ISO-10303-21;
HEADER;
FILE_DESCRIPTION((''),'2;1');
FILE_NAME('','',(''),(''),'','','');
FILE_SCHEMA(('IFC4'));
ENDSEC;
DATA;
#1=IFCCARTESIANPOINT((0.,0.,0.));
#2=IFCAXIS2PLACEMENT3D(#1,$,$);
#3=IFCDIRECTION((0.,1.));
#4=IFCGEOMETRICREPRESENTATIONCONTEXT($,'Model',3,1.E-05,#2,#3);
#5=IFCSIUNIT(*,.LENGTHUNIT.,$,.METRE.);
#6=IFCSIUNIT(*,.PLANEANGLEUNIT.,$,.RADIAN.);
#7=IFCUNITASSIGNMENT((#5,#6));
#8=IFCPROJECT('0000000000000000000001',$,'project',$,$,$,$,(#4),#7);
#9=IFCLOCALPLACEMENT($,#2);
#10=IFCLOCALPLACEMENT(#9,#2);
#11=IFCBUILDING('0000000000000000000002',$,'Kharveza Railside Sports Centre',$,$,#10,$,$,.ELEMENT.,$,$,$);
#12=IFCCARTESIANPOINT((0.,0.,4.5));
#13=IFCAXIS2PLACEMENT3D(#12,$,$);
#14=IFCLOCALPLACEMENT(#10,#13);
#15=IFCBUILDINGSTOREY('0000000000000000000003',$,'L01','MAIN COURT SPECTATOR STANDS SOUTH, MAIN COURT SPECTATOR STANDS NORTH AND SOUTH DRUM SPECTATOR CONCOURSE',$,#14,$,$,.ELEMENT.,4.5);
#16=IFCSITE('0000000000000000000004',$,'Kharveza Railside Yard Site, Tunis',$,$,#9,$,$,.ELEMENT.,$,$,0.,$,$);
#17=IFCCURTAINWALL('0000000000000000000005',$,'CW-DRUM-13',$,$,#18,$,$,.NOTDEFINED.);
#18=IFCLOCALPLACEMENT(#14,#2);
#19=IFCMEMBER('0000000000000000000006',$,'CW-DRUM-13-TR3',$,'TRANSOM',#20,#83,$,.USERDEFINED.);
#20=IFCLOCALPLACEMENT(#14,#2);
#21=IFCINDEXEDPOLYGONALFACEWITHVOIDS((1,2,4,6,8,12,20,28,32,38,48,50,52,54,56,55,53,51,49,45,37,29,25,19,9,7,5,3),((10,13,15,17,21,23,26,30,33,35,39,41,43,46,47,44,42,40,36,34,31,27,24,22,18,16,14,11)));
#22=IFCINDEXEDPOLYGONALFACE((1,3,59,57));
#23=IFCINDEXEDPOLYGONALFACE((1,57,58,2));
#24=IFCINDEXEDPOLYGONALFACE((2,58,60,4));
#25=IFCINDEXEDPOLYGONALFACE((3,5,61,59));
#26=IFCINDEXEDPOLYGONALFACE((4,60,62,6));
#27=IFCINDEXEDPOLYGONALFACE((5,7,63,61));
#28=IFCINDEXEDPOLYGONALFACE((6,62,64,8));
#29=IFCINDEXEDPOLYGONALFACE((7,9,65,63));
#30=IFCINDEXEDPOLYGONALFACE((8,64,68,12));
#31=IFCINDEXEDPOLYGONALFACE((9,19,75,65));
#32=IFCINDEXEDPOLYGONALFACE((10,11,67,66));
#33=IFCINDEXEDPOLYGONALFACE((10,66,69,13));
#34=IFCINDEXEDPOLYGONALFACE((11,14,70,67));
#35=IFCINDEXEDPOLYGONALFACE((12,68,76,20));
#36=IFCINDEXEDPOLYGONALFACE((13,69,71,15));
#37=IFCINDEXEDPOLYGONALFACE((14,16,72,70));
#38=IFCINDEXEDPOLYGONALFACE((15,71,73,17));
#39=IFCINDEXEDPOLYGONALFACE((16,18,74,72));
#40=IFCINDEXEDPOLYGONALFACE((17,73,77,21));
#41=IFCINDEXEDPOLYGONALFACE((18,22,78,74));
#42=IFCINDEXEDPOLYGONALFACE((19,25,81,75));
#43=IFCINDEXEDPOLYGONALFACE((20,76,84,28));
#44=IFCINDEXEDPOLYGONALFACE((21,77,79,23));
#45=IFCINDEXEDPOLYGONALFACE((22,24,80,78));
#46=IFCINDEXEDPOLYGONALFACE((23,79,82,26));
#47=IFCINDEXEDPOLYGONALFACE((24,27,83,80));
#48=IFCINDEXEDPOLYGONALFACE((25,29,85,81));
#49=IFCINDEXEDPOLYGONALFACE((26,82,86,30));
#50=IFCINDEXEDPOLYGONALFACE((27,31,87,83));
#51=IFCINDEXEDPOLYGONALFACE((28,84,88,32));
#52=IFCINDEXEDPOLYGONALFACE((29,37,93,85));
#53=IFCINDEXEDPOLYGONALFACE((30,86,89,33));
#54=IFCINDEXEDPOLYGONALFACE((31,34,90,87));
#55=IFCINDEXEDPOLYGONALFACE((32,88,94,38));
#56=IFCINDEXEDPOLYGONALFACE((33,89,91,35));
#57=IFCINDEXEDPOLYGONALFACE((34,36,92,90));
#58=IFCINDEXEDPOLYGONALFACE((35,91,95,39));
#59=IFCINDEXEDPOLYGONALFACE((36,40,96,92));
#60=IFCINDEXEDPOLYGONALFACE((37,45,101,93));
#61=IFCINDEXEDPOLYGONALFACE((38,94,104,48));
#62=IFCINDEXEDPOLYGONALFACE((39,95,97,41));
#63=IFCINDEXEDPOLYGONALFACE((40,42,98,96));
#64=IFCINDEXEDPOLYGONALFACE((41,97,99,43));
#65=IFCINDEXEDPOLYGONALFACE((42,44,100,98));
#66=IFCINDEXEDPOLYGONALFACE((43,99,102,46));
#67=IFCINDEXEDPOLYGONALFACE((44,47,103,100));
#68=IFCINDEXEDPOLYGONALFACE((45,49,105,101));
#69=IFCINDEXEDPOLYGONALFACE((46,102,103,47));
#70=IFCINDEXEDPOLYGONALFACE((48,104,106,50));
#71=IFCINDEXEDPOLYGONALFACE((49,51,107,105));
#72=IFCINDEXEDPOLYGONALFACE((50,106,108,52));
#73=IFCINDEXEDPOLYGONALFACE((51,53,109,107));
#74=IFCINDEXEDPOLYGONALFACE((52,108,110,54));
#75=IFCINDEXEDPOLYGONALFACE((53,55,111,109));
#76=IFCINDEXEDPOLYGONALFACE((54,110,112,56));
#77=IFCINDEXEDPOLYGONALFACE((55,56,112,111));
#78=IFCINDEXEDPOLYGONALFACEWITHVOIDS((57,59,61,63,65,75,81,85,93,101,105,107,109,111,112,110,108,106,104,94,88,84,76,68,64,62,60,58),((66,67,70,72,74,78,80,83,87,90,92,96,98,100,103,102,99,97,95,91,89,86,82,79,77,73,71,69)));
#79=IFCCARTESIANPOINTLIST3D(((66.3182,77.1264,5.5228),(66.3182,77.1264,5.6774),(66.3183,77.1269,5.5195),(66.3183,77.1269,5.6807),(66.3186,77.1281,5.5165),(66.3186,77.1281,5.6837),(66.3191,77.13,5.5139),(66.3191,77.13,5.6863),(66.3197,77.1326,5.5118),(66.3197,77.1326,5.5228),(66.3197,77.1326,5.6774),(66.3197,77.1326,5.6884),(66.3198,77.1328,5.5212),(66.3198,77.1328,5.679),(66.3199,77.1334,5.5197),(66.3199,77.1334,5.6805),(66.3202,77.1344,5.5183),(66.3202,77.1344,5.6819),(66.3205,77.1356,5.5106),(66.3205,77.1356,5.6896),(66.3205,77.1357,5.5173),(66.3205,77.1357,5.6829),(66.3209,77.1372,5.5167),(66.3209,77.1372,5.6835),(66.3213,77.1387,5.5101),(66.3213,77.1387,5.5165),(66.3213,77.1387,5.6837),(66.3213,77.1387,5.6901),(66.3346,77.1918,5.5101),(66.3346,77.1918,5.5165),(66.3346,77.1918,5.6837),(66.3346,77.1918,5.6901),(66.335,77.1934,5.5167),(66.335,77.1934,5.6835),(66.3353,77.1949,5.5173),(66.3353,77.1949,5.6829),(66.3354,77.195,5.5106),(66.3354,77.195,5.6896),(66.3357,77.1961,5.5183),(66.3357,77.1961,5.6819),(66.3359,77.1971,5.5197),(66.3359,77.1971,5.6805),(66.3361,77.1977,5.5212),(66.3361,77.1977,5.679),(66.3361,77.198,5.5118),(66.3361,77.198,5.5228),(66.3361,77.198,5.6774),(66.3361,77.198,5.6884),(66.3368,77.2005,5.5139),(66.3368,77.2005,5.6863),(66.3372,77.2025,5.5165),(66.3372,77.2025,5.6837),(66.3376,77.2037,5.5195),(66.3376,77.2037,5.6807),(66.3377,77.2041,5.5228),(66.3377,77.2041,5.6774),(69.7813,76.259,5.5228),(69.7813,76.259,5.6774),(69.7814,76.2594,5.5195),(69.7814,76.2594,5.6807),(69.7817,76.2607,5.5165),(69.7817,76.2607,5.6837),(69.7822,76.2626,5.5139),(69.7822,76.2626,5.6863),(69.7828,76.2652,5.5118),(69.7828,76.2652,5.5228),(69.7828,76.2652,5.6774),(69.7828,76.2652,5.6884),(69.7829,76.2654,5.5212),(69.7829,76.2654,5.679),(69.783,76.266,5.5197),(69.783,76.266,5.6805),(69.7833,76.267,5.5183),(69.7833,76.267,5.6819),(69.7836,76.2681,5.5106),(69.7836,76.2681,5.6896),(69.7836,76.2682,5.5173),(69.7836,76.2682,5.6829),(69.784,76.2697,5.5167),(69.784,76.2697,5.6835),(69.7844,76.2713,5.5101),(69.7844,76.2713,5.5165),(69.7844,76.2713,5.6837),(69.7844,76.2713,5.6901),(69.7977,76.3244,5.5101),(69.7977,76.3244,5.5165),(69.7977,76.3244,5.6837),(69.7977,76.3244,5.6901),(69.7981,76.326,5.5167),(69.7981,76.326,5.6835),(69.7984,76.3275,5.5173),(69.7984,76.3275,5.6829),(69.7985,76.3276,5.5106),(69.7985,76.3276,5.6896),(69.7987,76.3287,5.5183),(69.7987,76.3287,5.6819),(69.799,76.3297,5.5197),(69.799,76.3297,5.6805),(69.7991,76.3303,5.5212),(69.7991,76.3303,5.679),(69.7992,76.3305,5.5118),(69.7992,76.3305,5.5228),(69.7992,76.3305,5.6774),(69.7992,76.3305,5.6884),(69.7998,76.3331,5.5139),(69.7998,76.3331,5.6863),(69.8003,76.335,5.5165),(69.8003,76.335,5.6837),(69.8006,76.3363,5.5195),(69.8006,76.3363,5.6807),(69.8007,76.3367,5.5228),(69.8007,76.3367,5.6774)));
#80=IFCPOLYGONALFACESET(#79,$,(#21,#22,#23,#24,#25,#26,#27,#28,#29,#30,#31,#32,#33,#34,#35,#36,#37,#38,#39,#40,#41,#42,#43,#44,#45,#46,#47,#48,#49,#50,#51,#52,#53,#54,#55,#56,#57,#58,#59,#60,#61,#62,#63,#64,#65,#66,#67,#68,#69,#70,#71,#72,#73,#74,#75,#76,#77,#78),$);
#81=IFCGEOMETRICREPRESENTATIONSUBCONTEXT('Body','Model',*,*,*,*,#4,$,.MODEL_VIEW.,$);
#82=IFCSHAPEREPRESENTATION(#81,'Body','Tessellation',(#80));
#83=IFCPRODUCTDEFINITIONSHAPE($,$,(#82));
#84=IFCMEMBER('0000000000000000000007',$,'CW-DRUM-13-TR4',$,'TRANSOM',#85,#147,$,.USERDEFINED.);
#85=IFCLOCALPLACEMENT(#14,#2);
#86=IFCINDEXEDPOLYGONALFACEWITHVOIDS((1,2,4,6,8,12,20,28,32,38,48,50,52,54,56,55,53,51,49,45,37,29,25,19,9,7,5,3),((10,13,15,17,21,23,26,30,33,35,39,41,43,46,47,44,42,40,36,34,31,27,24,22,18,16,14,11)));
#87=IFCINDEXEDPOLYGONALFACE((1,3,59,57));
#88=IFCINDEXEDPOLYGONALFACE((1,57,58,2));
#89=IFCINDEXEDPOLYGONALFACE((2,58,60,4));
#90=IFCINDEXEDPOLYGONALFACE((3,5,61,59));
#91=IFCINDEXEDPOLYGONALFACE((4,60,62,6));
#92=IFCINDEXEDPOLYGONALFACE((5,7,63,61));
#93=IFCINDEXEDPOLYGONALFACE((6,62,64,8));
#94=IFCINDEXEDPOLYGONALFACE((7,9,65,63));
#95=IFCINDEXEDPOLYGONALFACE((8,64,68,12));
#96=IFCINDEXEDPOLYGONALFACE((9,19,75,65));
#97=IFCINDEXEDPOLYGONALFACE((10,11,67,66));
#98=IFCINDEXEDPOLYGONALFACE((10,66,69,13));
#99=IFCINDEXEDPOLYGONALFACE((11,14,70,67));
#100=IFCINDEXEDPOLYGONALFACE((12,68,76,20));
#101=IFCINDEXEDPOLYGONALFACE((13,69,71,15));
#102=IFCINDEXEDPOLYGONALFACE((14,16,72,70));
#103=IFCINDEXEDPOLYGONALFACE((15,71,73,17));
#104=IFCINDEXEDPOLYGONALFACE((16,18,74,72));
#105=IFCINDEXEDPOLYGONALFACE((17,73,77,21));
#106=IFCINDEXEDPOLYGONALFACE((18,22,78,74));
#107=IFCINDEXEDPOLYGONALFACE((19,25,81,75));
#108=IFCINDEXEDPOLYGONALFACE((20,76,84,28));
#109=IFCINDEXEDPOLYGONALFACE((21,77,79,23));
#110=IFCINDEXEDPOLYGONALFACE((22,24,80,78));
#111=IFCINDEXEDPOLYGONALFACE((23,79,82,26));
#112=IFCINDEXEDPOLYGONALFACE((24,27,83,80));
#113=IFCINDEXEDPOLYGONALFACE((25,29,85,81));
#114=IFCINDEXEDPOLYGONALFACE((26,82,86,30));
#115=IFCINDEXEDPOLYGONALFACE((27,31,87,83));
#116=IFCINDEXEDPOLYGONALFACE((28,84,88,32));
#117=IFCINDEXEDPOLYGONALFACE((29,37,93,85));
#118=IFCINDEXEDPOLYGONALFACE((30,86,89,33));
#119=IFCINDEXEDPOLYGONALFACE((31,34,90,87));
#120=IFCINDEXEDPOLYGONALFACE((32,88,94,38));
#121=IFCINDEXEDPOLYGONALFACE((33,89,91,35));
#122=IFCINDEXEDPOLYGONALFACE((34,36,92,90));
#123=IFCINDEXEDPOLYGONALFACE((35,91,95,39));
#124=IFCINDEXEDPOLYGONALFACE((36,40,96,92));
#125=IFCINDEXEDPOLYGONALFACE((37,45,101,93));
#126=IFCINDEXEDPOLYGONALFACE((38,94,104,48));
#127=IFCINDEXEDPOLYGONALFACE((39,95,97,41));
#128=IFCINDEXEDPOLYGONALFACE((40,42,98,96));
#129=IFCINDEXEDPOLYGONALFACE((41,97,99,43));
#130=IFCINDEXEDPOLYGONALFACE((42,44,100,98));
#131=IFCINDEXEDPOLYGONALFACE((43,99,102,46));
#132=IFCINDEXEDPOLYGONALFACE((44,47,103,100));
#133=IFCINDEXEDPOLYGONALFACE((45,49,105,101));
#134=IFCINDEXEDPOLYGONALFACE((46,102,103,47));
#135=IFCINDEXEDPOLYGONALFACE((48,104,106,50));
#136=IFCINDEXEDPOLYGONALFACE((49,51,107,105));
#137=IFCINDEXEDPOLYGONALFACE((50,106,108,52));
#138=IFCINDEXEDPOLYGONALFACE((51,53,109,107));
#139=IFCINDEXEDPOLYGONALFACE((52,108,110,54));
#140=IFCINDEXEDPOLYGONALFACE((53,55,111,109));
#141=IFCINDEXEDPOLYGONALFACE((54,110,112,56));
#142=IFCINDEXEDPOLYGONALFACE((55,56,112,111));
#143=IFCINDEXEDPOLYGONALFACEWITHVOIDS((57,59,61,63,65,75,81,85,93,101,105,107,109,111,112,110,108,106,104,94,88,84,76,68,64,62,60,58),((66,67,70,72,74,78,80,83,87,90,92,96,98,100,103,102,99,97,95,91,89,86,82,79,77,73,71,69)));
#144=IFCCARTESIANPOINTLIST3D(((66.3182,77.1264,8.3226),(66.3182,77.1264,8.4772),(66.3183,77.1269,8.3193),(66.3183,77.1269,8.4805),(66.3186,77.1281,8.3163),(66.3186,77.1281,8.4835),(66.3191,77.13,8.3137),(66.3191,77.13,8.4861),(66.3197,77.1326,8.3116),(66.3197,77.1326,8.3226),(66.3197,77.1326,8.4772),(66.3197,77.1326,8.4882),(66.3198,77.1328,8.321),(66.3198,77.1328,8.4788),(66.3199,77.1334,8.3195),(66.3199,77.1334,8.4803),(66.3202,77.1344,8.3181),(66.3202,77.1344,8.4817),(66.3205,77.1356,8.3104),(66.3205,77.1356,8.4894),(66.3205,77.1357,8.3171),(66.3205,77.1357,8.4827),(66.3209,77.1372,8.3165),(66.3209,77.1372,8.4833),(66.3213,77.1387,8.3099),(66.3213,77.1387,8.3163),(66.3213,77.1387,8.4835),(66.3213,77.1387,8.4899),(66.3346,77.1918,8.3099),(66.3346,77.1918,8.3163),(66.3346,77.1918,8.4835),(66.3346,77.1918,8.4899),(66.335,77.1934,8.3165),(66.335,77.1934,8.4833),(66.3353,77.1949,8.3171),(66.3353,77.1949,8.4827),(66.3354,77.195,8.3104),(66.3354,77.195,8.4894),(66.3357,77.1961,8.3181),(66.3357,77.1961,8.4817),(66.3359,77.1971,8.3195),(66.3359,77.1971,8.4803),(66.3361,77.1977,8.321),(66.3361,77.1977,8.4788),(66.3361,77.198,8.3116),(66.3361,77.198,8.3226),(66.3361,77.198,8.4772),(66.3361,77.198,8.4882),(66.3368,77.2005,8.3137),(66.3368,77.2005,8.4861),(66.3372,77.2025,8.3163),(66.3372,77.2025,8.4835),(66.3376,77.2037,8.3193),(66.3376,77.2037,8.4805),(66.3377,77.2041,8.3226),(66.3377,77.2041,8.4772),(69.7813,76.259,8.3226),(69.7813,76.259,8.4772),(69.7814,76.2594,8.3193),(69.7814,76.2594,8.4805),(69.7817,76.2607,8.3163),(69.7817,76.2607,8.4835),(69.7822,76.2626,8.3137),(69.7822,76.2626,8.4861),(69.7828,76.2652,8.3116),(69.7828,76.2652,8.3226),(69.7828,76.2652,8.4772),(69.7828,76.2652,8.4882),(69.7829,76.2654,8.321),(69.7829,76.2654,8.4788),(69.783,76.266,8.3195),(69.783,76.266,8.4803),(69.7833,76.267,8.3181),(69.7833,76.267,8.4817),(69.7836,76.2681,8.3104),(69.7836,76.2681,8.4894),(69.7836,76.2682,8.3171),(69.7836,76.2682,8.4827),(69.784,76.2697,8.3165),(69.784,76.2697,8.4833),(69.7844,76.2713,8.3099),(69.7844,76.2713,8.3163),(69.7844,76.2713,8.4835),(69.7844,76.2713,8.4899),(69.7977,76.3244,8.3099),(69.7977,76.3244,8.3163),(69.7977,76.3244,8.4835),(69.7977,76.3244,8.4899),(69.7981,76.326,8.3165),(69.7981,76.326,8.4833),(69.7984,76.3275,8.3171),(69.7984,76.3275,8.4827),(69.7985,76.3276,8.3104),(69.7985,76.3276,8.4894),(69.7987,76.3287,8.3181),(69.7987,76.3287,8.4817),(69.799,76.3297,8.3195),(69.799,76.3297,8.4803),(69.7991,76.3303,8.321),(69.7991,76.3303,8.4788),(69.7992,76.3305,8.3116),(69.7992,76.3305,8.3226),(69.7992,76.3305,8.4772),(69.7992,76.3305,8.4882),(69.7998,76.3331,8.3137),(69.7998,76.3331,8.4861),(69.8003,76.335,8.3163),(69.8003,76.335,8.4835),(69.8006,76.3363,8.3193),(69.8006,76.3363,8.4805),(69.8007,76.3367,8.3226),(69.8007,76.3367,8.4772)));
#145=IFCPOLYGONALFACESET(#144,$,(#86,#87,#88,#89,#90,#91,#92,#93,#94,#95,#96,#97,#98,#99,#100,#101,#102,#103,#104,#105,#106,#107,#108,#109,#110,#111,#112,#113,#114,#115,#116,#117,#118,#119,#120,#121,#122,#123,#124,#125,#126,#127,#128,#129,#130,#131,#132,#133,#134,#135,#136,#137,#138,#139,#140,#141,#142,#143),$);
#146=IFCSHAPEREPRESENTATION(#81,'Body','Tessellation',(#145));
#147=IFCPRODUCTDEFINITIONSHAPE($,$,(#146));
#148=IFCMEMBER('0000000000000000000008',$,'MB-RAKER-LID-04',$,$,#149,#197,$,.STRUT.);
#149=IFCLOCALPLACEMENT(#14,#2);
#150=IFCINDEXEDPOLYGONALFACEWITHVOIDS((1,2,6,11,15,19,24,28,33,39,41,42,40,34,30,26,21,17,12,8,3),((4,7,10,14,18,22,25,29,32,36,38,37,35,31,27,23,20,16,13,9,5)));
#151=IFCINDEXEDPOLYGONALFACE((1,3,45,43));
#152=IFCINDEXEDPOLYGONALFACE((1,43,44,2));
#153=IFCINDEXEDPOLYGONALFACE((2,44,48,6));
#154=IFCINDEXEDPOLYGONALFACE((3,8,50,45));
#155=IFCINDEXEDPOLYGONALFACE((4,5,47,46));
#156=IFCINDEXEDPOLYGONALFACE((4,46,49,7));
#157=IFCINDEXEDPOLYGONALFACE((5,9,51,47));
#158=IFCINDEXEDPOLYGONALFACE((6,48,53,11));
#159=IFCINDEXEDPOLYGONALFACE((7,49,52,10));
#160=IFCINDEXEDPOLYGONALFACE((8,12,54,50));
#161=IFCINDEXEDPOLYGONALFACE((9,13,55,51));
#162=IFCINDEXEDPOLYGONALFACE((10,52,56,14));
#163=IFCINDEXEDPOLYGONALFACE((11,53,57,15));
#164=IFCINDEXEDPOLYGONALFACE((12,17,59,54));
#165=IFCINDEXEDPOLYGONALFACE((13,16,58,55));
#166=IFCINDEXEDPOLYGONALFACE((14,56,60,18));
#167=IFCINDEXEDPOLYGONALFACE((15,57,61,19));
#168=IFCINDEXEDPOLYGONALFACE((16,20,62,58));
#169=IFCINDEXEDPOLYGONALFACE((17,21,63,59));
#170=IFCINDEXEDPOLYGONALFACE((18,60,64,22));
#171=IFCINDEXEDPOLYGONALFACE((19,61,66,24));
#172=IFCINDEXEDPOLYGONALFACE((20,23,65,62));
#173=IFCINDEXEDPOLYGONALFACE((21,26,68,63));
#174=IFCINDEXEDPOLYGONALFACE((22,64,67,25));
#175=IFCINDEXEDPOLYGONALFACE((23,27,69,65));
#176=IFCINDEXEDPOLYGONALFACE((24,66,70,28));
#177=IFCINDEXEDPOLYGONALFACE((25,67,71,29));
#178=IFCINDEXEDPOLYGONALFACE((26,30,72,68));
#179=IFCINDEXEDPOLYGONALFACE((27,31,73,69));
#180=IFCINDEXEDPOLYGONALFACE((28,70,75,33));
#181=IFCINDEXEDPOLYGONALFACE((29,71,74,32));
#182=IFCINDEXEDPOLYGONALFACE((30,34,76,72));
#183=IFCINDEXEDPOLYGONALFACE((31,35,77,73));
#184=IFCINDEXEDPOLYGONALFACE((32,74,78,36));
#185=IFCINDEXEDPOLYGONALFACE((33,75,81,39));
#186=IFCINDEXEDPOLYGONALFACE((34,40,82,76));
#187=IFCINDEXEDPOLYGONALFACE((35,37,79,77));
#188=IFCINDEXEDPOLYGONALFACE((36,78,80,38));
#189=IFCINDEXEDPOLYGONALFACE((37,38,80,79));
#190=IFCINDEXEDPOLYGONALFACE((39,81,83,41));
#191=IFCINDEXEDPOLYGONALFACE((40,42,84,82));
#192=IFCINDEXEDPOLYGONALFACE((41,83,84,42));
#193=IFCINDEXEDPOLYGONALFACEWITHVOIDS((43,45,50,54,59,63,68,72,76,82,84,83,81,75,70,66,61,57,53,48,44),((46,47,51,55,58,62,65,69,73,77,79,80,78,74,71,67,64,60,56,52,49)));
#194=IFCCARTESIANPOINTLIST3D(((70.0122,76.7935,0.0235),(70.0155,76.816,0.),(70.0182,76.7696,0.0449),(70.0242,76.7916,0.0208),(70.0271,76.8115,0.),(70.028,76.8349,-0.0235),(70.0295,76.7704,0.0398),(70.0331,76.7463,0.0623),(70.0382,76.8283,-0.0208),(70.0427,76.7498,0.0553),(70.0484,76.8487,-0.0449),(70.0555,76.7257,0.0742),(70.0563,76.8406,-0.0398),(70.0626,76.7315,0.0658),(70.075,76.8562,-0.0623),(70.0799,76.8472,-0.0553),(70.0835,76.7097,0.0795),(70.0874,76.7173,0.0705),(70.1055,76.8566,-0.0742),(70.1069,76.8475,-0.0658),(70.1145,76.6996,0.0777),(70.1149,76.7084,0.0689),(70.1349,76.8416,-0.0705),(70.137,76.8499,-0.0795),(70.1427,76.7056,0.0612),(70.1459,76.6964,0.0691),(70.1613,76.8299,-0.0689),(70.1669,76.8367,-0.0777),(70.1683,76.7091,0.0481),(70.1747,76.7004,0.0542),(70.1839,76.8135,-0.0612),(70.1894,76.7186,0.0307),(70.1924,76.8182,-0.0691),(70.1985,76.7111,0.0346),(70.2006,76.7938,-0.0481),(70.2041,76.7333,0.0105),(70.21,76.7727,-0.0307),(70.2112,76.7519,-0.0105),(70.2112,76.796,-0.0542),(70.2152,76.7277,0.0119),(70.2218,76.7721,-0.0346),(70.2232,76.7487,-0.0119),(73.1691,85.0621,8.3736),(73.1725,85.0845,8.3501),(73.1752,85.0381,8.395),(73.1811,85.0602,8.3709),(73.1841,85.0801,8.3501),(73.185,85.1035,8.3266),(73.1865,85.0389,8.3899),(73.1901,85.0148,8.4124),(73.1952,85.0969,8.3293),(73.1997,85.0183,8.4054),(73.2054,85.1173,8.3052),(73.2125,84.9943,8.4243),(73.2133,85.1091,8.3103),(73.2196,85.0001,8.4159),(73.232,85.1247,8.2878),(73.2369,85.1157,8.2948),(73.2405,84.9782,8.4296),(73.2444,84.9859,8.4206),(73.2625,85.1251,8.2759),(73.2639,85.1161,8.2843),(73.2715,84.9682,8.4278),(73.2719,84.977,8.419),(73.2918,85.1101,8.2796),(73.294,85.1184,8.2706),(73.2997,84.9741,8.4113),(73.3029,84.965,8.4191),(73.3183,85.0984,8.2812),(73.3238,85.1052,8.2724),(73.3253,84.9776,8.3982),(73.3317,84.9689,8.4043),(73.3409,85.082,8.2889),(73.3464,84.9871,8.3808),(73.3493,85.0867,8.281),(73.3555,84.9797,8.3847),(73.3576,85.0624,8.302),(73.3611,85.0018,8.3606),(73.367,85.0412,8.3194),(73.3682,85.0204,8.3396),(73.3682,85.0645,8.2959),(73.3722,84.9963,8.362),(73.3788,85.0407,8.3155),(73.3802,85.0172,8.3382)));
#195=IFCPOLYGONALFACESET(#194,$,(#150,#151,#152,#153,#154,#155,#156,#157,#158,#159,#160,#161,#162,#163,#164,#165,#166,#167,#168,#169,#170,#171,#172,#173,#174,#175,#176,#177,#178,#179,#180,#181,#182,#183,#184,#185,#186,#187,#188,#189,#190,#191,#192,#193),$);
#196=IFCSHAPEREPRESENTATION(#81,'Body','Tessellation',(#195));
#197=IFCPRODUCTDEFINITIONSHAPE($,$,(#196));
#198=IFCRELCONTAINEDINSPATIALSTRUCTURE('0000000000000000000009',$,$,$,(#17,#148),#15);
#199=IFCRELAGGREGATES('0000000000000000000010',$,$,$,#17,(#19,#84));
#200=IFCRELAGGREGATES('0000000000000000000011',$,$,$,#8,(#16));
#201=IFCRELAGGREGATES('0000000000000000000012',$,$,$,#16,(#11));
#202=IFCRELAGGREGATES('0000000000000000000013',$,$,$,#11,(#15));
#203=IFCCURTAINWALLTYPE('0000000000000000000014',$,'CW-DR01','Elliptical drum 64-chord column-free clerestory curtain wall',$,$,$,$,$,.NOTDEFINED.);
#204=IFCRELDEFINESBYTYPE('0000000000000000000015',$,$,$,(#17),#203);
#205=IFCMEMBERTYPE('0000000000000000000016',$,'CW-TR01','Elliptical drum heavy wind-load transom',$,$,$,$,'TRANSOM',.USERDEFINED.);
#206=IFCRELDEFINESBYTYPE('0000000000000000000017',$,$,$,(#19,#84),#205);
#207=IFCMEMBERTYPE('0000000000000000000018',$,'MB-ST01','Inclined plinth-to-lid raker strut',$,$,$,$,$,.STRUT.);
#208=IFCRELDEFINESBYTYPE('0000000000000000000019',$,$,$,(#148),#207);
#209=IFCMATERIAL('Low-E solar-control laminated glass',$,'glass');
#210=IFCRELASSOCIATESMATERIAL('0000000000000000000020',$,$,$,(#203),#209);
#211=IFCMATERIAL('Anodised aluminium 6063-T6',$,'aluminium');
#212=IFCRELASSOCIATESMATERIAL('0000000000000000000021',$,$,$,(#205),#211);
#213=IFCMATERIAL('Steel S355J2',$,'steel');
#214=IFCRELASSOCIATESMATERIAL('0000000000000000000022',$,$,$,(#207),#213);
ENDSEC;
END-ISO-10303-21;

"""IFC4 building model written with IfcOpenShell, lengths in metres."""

from ifc_helpers import new_model, si_unit, direction, frame, origin, origin_2d, place, context, subcontext, project, spatial, hollow_rectangle, hollow_circle, extrude, material, material_profile, profile_set, type_object, element, aggregate, save


model = new_model("IFC4")

# Units and contexts
model_context = context("Model", 3, precision=1e-05, world=origin(), true_north=direction((0.0, 1.0)))
body_context = subcontext(model_context, "Body", "Model", "MODEL_VIEW")
ifc_project = project(units=[si_unit("LENGTHUNIT", "METRE"), si_unit("PLANEANGLEUNIT", "RADIAN")], contexts=[model_context])

# Site, building, storey
site_placement = place(None, origin())
site = spatial("IfcSite", under=ifc_project, at=site_placement, Name="Kharveza Railside Yard Site, Tunis", CompositionType="ELEMENT", RefElevation=0.0)
building_placement = place(site_placement, origin())
building = spatial("IfcBuilding", under=site, at=building_placement, Name="Kharveza Railside Sports Centre", CompositionType="ELEMENT")
storey_placement = place(building_placement, frame((0.0, 0.0, 4.5)))
storey = spatial("IfcBuildingStorey", under=building, at=storey_placement, Name="L01", Description="MAIN COURT SPECTATOR STANDS SOUTH, MAIN COURT SPECTATOR STANDS NORTH AND SOUTH DRUM SPECTATOR CONCOURSE", CompositionType="ELEMENT", Elevation=4.5)

# Shared definitions
ifc_material_1 = material(Name="Low-E solar-control laminated glass", Category="glass")
curtain_wall_type = type_object("IfcCurtainWallType", Name="CW-DR01", Description="Elliptical drum 64-chord column-free clerestory curtain wall", PredefinedType="NOTDEFINED", material=ifc_material_1)
ifc_material_2 = material(Name="Anodised aluminium 6063-T6", Category="aluminium")

# Curtain wall
curtain_wall_1_placement = place(storey_placement, origin())
curtain_wall_1 = element("IfcCurtainWall", 1, at=curtain_wall_1_placement, inside=storey, type_object=curtain_wall_type, Name="CW-DRUM-13", PredefinedType="NOTDEFINED")

# Members
ifc_material_profile_1 = material_profile(ifc_material_2, hollow_rectangle(XDim=0.0801, YDim=0.1799, WallThickness=0.0063, InnerFilletRadius=0.0063, OuterFilletRadius=0.0127, at=origin_2d()), Name="RHS 80x180x6.3")
ifc_profile_set_1 = profile_set([ifc_material_profile_1], Name="Anodised aluminium 6063-T6")
member_type_1 = type_object("IfcMemberType", Name="CW-TR01", Description="Elliptical drum heavy wind-load transom", ElementType="TRANSOM", PredefinedType="USERDEFINED", material=ifc_profile_set_1)
member_1_placement = place(storey_placement, frame((69.791, 76.2979, 5.6001), z_axis=(-0.970034, 0.24297, 0.0), x_axis=(-0.24297, -0.970034, 0.0)))
member_1 = element("IfcMember", 2, at=member_1_placement, type_object=member_type_1, Name="CW-DRUM-13-TR3", ObjectType="TRANSOM", PredefinedType="USERDEFINED", context=body_context, shape_type="SweptSolid", body=[
    extrude(hollow_rectangle(XDim=0.0801, YDim=0.1799, WallThickness=0.0063, InnerFilletRadius=0.0063, OuterFilletRadius=0.0127, at=origin_2d()), origin(), (0.0, 0.0, 1.0), 3.5701),
])
member_2_placement = place(storey_placement, frame((69.791, 76.2979, 8.3999), z_axis=(-0.970034, 0.24297, 0.0), x_axis=(-0.24297, -0.970034, 0.0)))
member_2 = element("IfcMember", 3, at=member_2_placement, type_object=member_type_1, Name="CW-DRUM-13-TR4", ObjectType="TRANSOM", PredefinedType="USERDEFINED", context=body_context, shape_type="SweptSolid", body=[
    extrude(hollow_rectangle(XDim=0.0801, YDim=0.1799, WallThickness=0.0063, InnerFilletRadius=0.0063, OuterFilletRadius=0.0127, at=origin_2d()), origin(), (0.0, 0.0, 1.0), 3.5701),
])
ifc_material_3 = material(Name="Steel S355J2", Category="steel")
ifc_material_profile_2 = material_profile(ifc_material_3, hollow_circle(Radius=0.1096, WallThickness=0.0125, at=origin_2d()), Name="CHS 219.1x12.5")
ifc_profile_set_2 = profile_set([ifc_material_profile_2], Name="Steel S355J2")
member_type_2 = type_object("IfcMemberType", Name="MB-ST01", Description="Inclined plinth-to-lid raker strut", PredefinedType="STRUT", material=ifc_profile_set_2)
member_3_placement = place(storey_placement, frame((70.1179, 76.7769, 0.0), z_axis=(0.25945, 0.679534, 0.686235), x_axis=(-0.934222, 0.356691, 0.0)))
element("IfcMember", 4, at=member_3_placement, inside=storey, type_object=member_type_2, Name="MB-RAKER-LID-04", PredefinedType="STRUT", context=body_context, shape_type="SweptSolid", body=[
    extrude(hollow_circle(Radius=0.1096, WallThickness=0.0125, at=origin_2d()), origin(), (0.0, 0.0, 1.0), 12.168),
])

aggregate(curtain_wall_1, [member_1, member_2])

save(model, "model.ifc")
